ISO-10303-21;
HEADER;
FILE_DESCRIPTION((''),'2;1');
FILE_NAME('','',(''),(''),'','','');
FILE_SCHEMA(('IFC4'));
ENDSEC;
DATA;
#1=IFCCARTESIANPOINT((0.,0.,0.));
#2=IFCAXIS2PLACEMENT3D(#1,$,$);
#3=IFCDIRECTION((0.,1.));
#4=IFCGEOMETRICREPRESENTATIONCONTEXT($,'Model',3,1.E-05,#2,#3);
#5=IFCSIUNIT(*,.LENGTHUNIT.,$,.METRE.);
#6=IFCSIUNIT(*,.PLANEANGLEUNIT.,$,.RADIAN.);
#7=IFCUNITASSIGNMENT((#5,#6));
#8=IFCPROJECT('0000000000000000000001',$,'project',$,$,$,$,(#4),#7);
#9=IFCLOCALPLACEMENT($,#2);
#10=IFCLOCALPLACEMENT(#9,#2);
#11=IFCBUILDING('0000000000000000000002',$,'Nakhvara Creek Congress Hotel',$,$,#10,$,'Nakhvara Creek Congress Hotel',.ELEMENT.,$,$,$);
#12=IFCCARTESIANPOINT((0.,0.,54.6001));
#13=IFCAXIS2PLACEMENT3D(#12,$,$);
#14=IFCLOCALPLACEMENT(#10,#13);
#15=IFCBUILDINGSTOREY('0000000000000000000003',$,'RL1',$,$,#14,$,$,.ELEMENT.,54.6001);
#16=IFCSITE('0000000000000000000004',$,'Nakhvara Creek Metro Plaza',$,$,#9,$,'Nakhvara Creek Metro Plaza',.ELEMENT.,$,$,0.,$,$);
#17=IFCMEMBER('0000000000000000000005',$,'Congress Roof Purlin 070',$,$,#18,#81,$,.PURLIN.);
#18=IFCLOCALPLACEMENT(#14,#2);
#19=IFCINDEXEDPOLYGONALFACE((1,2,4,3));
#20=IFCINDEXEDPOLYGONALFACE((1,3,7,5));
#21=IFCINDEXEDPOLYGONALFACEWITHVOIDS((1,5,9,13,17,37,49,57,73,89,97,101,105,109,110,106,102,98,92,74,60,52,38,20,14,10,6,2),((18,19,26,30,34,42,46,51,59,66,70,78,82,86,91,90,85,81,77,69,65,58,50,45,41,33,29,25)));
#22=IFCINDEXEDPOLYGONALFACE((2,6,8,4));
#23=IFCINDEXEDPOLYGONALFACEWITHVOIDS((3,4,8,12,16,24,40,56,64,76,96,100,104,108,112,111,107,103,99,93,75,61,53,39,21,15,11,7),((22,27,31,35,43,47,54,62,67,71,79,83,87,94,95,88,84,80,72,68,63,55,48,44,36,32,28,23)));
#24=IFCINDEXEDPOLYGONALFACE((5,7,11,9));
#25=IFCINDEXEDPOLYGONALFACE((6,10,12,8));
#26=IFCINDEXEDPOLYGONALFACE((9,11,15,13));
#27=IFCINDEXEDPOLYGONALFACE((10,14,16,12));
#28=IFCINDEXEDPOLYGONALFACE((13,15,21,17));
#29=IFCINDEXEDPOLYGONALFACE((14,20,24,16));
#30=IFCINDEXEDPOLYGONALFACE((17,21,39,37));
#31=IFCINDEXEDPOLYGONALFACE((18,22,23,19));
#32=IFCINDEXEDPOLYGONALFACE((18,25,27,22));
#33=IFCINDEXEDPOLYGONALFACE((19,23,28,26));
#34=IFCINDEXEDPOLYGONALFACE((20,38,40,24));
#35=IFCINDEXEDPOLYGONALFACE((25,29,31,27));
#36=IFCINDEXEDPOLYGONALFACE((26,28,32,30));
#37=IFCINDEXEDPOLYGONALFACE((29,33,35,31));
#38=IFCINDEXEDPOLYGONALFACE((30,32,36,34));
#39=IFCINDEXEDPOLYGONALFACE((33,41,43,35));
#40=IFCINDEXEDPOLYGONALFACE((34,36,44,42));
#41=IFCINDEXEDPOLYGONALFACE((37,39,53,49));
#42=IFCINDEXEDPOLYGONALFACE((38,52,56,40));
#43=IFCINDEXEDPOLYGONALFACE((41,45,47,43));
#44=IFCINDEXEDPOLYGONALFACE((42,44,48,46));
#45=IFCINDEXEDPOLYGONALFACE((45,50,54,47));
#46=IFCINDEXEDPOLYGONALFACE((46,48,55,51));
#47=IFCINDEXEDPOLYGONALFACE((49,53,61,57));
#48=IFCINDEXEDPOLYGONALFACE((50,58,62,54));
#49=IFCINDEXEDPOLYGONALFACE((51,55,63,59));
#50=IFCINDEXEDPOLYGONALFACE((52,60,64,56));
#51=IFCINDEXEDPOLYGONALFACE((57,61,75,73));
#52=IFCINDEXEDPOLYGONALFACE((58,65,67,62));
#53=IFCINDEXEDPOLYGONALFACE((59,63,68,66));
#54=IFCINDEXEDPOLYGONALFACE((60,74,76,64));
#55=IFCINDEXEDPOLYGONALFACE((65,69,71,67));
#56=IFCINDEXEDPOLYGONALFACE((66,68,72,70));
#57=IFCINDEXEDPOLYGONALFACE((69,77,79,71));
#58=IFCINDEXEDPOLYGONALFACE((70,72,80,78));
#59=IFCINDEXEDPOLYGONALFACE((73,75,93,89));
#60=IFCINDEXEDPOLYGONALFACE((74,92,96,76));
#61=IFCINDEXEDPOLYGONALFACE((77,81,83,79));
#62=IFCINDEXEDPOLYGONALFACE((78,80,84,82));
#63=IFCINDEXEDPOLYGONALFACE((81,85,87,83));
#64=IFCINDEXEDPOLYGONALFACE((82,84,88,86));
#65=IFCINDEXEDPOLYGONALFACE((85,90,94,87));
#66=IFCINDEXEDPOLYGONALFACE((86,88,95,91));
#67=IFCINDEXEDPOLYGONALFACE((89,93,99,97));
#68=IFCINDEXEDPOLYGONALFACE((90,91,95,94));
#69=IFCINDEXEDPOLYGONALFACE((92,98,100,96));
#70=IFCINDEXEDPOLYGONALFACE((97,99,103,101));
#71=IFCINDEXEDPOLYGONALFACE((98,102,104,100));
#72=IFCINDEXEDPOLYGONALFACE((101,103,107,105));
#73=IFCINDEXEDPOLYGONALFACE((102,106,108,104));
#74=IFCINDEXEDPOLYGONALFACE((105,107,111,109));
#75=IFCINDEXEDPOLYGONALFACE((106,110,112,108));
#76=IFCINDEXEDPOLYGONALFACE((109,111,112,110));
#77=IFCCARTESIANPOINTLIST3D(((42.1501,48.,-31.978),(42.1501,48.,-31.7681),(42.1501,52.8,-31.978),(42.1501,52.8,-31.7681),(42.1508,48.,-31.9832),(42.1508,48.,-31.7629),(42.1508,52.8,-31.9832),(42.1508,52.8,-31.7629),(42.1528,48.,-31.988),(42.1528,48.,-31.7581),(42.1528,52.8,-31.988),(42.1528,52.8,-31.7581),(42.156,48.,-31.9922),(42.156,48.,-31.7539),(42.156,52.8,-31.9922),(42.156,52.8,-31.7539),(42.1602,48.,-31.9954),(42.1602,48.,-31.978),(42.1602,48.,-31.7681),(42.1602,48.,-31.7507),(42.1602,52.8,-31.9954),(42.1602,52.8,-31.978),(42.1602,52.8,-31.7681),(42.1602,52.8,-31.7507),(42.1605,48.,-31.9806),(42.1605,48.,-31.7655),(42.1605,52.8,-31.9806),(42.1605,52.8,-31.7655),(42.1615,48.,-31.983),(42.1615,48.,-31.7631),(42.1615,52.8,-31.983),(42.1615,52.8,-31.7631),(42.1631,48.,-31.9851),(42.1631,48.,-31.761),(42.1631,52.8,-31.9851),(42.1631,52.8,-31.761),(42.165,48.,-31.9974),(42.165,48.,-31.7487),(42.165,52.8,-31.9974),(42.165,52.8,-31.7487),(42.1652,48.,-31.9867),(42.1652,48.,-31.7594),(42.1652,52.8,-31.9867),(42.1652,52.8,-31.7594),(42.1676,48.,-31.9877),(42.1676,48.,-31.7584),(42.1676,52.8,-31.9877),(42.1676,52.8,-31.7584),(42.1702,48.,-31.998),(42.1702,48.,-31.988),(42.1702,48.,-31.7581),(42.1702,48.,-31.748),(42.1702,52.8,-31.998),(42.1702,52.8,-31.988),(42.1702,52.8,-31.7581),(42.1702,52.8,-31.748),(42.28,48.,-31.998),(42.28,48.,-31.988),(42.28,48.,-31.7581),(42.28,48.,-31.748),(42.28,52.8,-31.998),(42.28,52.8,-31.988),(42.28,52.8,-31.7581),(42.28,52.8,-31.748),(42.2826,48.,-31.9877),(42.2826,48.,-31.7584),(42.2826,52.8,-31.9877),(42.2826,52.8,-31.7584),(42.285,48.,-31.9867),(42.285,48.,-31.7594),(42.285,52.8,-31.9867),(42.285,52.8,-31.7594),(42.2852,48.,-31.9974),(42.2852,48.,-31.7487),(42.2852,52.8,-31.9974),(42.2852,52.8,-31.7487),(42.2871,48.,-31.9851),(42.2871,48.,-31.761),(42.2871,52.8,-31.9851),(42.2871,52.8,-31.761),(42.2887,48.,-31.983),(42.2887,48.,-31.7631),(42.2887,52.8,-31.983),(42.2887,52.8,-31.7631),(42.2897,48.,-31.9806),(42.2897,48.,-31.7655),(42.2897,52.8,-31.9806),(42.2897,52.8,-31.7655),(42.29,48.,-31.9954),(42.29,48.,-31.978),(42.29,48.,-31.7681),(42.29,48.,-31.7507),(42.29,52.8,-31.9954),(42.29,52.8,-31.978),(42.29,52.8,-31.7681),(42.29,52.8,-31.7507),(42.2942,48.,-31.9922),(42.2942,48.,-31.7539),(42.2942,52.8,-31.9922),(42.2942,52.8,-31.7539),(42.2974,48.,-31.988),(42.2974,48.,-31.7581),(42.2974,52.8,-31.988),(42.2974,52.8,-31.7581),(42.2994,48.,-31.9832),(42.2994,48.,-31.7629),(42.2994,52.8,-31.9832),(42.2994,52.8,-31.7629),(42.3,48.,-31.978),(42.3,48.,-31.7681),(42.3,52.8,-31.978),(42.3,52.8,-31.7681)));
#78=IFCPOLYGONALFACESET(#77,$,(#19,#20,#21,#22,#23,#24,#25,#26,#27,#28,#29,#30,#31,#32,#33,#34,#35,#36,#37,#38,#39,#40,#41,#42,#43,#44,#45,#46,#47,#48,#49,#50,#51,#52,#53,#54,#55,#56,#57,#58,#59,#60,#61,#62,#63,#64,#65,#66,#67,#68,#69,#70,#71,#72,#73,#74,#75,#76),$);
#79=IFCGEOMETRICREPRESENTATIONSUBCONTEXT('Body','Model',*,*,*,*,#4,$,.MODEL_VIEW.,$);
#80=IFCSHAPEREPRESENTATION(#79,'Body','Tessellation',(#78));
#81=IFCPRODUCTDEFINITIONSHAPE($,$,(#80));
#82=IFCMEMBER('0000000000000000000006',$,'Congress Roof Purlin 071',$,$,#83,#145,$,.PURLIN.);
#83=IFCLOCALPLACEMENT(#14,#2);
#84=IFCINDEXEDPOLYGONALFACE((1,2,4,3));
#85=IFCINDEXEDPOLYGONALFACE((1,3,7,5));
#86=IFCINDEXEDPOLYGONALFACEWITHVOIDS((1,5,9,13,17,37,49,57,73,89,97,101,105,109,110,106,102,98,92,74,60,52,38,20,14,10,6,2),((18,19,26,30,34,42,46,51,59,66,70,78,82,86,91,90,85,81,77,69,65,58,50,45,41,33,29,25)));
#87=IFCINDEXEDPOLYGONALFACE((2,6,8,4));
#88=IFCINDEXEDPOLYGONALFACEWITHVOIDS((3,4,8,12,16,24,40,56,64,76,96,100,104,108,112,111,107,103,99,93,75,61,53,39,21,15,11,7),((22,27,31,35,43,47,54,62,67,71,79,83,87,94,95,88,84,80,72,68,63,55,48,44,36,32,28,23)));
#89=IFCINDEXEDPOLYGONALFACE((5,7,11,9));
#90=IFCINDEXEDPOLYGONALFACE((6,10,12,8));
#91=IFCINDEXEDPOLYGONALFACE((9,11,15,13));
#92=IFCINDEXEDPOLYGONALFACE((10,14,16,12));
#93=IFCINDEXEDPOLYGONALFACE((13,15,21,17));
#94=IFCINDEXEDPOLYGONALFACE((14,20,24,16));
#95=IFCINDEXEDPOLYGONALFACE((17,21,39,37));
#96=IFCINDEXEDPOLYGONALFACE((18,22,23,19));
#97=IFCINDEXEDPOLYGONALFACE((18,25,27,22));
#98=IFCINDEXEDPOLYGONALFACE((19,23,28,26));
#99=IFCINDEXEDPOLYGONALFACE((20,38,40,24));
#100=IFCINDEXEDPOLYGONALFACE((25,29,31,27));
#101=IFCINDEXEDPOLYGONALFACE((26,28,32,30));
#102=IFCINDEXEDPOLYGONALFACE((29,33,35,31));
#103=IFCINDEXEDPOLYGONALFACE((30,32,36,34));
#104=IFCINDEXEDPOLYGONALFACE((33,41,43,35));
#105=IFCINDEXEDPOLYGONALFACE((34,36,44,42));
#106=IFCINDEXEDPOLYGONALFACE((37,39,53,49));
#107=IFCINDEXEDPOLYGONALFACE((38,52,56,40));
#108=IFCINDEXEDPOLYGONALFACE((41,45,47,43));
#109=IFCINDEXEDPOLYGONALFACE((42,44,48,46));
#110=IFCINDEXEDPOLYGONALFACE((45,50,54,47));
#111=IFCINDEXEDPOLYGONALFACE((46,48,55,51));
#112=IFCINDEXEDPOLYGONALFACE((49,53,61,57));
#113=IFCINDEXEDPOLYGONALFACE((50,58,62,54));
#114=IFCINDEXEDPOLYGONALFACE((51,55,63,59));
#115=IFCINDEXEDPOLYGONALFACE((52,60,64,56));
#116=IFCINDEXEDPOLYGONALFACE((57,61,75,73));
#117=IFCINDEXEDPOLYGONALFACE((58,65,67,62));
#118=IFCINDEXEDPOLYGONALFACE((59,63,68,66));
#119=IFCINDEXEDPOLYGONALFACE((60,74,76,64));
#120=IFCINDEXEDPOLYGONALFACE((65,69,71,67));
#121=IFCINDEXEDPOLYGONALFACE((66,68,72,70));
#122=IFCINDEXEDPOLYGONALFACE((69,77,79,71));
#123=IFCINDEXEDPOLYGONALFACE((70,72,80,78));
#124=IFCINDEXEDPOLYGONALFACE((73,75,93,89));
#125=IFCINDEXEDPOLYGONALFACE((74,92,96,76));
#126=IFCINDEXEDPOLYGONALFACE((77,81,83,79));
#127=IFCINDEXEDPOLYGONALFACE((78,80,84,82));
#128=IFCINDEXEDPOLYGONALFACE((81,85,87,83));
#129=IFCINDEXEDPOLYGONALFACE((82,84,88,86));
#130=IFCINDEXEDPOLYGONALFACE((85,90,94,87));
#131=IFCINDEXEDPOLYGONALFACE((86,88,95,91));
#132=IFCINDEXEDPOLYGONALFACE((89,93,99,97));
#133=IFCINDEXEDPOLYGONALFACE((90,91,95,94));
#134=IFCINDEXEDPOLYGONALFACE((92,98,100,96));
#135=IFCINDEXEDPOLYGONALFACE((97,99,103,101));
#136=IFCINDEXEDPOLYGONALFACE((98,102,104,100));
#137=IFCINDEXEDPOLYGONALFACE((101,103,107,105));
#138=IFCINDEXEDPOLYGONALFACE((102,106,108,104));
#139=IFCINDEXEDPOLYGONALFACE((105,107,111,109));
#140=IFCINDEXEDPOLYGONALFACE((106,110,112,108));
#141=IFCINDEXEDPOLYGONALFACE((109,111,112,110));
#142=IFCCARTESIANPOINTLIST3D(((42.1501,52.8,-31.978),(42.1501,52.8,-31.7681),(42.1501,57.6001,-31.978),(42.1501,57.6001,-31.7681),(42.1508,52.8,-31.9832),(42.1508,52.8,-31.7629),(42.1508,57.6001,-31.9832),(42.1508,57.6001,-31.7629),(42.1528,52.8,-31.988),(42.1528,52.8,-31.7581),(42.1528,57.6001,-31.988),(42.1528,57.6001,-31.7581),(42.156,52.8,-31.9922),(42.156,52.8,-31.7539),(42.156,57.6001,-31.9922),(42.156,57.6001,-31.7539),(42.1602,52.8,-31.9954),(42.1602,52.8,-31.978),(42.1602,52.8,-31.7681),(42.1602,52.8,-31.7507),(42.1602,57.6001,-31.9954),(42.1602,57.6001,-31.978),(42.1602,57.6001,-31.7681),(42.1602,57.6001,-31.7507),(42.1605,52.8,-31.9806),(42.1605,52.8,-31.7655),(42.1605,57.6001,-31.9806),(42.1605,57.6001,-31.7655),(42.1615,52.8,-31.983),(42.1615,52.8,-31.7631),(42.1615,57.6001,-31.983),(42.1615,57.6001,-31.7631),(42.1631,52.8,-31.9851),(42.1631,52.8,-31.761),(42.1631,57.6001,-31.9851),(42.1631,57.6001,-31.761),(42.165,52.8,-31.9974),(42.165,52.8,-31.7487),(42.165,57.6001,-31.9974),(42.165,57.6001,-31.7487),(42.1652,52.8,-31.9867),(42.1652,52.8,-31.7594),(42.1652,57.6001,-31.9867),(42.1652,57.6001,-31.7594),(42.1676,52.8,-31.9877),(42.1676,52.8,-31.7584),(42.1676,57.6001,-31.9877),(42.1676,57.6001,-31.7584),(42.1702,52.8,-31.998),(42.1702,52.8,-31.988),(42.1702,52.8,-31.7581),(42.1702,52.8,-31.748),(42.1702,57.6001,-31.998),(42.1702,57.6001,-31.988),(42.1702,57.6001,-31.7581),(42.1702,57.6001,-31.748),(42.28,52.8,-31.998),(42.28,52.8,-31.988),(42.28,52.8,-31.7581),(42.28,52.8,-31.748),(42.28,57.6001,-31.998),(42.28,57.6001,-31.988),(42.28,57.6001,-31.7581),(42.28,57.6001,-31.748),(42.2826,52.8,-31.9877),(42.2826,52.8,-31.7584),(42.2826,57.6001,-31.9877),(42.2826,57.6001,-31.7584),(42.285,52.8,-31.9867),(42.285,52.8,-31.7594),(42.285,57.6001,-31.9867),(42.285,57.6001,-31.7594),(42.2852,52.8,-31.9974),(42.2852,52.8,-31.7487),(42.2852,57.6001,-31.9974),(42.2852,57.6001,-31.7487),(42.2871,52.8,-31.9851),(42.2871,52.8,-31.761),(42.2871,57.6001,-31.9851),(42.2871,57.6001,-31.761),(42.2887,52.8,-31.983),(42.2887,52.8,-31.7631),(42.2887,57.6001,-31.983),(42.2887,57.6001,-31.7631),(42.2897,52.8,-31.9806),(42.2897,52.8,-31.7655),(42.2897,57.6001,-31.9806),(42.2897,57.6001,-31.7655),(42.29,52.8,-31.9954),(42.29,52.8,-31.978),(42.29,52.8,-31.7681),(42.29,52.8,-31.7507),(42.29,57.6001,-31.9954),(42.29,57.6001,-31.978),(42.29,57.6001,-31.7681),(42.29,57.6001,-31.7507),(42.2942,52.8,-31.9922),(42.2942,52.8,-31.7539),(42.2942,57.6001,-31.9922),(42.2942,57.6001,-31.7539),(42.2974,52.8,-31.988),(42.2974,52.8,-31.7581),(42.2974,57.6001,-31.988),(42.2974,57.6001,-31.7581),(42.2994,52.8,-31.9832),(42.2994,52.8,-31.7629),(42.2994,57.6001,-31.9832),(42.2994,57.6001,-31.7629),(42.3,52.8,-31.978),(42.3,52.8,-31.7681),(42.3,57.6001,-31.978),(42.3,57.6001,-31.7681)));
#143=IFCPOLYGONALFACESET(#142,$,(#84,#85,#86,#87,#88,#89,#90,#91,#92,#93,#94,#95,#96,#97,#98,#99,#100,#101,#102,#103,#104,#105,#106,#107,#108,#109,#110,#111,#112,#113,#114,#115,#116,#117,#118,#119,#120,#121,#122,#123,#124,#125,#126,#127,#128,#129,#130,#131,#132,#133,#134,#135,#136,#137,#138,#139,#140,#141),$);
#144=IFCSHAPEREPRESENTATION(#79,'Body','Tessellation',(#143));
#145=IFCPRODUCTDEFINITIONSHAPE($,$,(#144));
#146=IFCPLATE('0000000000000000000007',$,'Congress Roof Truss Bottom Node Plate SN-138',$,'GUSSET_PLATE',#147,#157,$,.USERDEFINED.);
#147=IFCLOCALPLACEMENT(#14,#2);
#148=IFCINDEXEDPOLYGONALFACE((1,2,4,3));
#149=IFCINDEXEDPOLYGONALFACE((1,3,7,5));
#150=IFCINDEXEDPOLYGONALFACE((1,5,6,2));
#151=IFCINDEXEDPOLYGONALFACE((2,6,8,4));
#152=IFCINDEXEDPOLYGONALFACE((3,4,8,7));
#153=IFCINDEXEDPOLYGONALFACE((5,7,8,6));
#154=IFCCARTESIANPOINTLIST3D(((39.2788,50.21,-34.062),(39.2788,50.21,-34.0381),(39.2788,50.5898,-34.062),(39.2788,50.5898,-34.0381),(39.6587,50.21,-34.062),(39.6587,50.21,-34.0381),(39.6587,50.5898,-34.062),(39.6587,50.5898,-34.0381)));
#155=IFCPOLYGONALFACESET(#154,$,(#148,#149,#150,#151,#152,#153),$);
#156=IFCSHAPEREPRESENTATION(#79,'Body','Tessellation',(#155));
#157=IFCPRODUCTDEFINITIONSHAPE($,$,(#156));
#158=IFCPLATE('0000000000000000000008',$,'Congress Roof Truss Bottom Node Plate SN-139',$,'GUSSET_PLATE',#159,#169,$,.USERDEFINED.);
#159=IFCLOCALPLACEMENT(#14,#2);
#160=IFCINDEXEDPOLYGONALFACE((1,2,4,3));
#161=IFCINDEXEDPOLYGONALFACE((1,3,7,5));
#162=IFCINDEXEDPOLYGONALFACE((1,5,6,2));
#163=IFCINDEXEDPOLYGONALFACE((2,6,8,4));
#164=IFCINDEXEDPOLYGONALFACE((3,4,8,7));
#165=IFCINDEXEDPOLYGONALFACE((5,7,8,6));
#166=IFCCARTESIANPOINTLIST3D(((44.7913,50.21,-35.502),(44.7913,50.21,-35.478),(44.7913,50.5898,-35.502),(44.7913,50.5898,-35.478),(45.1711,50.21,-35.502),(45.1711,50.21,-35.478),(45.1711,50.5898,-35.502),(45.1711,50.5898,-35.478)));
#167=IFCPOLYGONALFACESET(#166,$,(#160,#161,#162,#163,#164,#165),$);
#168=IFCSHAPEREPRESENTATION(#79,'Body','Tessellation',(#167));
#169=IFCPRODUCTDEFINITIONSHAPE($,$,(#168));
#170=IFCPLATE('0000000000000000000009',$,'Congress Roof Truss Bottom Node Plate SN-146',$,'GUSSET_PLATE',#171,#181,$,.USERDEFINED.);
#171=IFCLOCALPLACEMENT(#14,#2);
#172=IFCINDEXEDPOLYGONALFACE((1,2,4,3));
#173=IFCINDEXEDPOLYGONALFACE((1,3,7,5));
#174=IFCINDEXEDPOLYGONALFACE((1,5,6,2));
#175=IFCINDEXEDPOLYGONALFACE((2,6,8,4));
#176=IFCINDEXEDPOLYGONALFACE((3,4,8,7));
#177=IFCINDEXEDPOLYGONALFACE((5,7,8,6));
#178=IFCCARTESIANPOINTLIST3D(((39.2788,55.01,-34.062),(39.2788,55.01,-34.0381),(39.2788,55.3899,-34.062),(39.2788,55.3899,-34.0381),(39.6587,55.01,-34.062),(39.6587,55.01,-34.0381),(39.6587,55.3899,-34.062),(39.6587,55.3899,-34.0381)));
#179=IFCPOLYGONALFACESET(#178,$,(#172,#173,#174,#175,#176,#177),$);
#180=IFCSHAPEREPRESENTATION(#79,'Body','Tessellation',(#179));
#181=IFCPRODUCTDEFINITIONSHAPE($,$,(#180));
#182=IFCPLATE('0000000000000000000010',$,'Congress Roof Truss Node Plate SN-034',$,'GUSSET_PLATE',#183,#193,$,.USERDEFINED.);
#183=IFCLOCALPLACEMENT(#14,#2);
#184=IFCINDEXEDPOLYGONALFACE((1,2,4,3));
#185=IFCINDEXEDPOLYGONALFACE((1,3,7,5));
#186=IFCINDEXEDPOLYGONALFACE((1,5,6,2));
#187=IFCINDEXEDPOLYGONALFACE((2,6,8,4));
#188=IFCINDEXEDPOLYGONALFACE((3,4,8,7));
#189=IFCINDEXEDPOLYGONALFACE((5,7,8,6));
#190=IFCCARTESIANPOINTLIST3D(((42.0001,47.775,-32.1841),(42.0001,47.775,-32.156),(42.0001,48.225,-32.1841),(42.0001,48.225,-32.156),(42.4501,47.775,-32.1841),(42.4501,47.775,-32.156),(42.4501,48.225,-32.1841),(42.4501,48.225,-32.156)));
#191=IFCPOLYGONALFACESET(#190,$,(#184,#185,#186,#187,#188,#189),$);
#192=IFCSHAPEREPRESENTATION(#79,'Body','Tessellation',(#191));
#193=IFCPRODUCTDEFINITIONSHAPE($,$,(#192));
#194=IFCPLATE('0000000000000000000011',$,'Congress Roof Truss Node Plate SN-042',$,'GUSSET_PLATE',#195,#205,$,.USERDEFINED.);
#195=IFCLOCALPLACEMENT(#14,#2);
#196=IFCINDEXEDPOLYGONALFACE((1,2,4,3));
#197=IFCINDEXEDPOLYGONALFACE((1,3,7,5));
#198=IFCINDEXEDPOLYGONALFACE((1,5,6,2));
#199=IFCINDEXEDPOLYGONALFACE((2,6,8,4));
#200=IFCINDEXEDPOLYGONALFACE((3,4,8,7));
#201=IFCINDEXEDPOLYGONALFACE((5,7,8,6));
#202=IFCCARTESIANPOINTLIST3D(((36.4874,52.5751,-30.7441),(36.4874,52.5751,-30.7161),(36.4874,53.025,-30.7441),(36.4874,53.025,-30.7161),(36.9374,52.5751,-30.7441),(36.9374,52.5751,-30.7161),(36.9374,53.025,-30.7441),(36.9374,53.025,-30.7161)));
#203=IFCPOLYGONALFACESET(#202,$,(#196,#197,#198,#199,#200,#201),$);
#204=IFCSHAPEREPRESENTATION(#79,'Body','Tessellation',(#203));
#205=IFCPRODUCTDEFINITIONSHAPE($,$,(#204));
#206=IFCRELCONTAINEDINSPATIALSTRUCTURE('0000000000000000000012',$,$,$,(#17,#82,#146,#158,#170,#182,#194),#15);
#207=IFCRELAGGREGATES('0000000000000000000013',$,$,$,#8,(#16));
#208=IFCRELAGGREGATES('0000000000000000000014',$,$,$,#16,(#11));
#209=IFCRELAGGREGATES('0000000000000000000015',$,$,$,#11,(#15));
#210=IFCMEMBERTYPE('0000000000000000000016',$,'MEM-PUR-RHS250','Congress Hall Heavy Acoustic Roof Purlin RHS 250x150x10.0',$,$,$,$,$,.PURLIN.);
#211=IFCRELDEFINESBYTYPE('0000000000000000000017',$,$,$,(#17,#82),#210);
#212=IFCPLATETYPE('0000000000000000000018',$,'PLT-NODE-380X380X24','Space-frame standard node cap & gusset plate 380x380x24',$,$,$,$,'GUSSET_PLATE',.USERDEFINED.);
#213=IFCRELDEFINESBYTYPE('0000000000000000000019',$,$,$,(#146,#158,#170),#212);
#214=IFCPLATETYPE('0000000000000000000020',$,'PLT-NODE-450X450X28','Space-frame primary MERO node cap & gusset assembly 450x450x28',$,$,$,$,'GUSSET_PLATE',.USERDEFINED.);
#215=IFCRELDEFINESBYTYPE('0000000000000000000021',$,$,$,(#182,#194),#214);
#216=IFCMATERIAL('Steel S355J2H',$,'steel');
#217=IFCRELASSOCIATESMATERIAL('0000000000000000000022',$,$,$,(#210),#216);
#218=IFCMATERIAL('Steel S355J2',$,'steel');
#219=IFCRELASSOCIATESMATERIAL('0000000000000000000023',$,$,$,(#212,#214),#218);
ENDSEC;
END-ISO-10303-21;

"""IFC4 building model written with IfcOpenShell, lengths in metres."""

from ifc_helpers import new_model, si_unit, direction, frame, origin, origin_2d, place, context, subcontext, project, spatial, rectangle, hollow_rectangle, extrude, material, material_profile, profile_set, type_object, element, save


model = new_model("IFC4")

# Units and contexts
model_context = context("Model", 3, precision=1e-05, world=origin(), true_north=direction((0.0, 1.0)))
body_context = subcontext(model_context, "Body", "Model", "MODEL_VIEW")
ifc_project = project(units=[si_unit("LENGTHUNIT", "METRE"), si_unit("PLANEANGLEUNIT", "RADIAN")], contexts=[model_context])

# Site, building, storey
site_placement = place(None, origin())
site = spatial("IfcSite", under=ifc_project, at=site_placement, Name="Nakhvara Creek Metro Plaza", LongName="Nakhvara Creek Metro Plaza", CompositionType="ELEMENT", RefElevation=0.0)
building_placement = place(site_placement, origin())
building = spatial("IfcBuilding", under=site, at=building_placement, Name="Nakhvara Creek Congress Hotel", LongName="Nakhvara Creek Congress Hotel", CompositionType="ELEMENT")
storey_placement = place(building_placement, frame((0.0, 0.0, 54.6001)))
storey = spatial("IfcBuildingStorey", under=building, at=storey_placement, Name="RL1", CompositionType="ELEMENT", Elevation=54.6001)

# Members
ifc_material_1 = material(Name="Steel S355J2H", Category="steel")
ifc_material_profile_1 = material_profile(ifc_material_1, hollow_rectangle(XDim=0.1499, YDim=0.25, WallThickness=0.01, InnerFilletRadius=0.01, OuterFilletRadius=0.02, at=origin_2d()), Name="RHS 250x150x10.0", Category="LoadBearing")
ifc_profile_set_1 = profile_set([ifc_material_profile_1], Name="Steel S355J2H")
member_type_1 = type_object("IfcMemberType", Name="MEM-PUR-RHS250", Description="Congress Hall Heavy Acoustic Roof Purlin RHS 250x150x10.0", PredefinedType="PURLIN", material=ifc_profile_set_1)
for number, where, z_axis, x_axis, name in (
    (1, (42.2251, 48.0, -31.873), (0.0, 1.0, 0.0), (-1.0, 0.0, 0.0), "Congress Roof Purlin 070"),
    (2, (42.2251, 52.8, -31.873), (0.0, 1.0, 0.0), (-1.0, 0.0, 0.0), "Congress Roof Purlin 071"),
):
    element("IfcMember", number, at=place(storey_placement, frame(where, z_axis=z_axis, x_axis=x_axis)), inside=storey, type_object=member_type_1, Name=name, PredefinedType="PURLIN", context=body_context, shape_type="SweptSolid", body=[
        extrude(hollow_rectangle(XDim=0.1499, YDim=0.25, WallThickness=0.01, InnerFilletRadius=0.01, OuterFilletRadius=0.02, at=origin_2d()), origin(), (0.0, 0.0, 1.0), 4.8),
    ])

# Plates
ifc_material_2 = material(Name="Steel S355J2", Category="steel")
plate_type_1 = type_object("IfcPlateType", Name="PLT-NODE-380X380X24", Description="Space-frame standard node cap & gusset plate 380x380x24", ElementType="GUSSET_PLATE", PredefinedType="USERDEFINED", material=ifc_material_2)
for number, where, z_axis, x_axis, name in (
    (3, (39.4688, 50.3999, -34.062), (0.0, 0.0, 1.0), (1.0, 0.0, 0.0), "Congress Roof Truss Bottom Node Plate SN-138"),
    (4, (44.9812, 50.3999, -35.502), (0.0, 0.0, 1.0), (1.0, 0.0, 0.0), "Congress Roof Truss Bottom Node Plate SN-139"),
    (5, (39.4688, 55.2, -34.062), (0.0, 0.0, 1.0), (1.0, 0.0, 0.0), "Congress Roof Truss Bottom Node Plate SN-146"),
):
    element("IfcPlate", number, at=place(storey_placement, frame(where, z_axis=z_axis, x_axis=x_axis)), inside=storey, type_object=plate_type_1, Name=name, ObjectType="GUSSET_PLATE", PredefinedType="USERDEFINED", context=body_context, shape_type="SweptSolid", body=[
        extrude(rectangle(XDim=0.3799, YDim=0.3799, at=origin_2d()), origin(), (0.0, 0.0, 1.0), 0.0239),
    ])
plate_type_2 = type_object("IfcPlateType", Name="PLT-NODE-450X450X28", Description="Space-frame primary MERO node cap & gusset assembly 450x450x28", ElementType="GUSSET_PLATE", PredefinedType="USERDEFINED", material=ifc_material_2)
for number, where, z_axis, x_axis, name in (
    (6, (42.2251, 48.0, -32.1841), (0.0, 0.0, 1.0), (1.0, 0.0, 0.0), "Congress Roof Truss Node Plate SN-034"),
    (7, (36.7124, 52.8, -30.7441), (0.0, 0.0, 1.0), (1.0, 0.0, 0.0), "Congress Roof Truss Node Plate SN-042"),
):
    element("IfcPlate", number, at=place(storey_placement, frame(where, z_axis=z_axis, x_axis=x_axis)), inside=storey, type_object=plate_type_2, Name=name, ObjectType="GUSSET_PLATE", PredefinedType="USERDEFINED", context=body_context, shape_type="SweptSolid", body=[
        extrude(rectangle(XDim=0.45, YDim=0.45, at=origin_2d()), origin(), (0.0, 0.0, 1.0), 0.0281),
    ])

save(model, "model.ifc")
